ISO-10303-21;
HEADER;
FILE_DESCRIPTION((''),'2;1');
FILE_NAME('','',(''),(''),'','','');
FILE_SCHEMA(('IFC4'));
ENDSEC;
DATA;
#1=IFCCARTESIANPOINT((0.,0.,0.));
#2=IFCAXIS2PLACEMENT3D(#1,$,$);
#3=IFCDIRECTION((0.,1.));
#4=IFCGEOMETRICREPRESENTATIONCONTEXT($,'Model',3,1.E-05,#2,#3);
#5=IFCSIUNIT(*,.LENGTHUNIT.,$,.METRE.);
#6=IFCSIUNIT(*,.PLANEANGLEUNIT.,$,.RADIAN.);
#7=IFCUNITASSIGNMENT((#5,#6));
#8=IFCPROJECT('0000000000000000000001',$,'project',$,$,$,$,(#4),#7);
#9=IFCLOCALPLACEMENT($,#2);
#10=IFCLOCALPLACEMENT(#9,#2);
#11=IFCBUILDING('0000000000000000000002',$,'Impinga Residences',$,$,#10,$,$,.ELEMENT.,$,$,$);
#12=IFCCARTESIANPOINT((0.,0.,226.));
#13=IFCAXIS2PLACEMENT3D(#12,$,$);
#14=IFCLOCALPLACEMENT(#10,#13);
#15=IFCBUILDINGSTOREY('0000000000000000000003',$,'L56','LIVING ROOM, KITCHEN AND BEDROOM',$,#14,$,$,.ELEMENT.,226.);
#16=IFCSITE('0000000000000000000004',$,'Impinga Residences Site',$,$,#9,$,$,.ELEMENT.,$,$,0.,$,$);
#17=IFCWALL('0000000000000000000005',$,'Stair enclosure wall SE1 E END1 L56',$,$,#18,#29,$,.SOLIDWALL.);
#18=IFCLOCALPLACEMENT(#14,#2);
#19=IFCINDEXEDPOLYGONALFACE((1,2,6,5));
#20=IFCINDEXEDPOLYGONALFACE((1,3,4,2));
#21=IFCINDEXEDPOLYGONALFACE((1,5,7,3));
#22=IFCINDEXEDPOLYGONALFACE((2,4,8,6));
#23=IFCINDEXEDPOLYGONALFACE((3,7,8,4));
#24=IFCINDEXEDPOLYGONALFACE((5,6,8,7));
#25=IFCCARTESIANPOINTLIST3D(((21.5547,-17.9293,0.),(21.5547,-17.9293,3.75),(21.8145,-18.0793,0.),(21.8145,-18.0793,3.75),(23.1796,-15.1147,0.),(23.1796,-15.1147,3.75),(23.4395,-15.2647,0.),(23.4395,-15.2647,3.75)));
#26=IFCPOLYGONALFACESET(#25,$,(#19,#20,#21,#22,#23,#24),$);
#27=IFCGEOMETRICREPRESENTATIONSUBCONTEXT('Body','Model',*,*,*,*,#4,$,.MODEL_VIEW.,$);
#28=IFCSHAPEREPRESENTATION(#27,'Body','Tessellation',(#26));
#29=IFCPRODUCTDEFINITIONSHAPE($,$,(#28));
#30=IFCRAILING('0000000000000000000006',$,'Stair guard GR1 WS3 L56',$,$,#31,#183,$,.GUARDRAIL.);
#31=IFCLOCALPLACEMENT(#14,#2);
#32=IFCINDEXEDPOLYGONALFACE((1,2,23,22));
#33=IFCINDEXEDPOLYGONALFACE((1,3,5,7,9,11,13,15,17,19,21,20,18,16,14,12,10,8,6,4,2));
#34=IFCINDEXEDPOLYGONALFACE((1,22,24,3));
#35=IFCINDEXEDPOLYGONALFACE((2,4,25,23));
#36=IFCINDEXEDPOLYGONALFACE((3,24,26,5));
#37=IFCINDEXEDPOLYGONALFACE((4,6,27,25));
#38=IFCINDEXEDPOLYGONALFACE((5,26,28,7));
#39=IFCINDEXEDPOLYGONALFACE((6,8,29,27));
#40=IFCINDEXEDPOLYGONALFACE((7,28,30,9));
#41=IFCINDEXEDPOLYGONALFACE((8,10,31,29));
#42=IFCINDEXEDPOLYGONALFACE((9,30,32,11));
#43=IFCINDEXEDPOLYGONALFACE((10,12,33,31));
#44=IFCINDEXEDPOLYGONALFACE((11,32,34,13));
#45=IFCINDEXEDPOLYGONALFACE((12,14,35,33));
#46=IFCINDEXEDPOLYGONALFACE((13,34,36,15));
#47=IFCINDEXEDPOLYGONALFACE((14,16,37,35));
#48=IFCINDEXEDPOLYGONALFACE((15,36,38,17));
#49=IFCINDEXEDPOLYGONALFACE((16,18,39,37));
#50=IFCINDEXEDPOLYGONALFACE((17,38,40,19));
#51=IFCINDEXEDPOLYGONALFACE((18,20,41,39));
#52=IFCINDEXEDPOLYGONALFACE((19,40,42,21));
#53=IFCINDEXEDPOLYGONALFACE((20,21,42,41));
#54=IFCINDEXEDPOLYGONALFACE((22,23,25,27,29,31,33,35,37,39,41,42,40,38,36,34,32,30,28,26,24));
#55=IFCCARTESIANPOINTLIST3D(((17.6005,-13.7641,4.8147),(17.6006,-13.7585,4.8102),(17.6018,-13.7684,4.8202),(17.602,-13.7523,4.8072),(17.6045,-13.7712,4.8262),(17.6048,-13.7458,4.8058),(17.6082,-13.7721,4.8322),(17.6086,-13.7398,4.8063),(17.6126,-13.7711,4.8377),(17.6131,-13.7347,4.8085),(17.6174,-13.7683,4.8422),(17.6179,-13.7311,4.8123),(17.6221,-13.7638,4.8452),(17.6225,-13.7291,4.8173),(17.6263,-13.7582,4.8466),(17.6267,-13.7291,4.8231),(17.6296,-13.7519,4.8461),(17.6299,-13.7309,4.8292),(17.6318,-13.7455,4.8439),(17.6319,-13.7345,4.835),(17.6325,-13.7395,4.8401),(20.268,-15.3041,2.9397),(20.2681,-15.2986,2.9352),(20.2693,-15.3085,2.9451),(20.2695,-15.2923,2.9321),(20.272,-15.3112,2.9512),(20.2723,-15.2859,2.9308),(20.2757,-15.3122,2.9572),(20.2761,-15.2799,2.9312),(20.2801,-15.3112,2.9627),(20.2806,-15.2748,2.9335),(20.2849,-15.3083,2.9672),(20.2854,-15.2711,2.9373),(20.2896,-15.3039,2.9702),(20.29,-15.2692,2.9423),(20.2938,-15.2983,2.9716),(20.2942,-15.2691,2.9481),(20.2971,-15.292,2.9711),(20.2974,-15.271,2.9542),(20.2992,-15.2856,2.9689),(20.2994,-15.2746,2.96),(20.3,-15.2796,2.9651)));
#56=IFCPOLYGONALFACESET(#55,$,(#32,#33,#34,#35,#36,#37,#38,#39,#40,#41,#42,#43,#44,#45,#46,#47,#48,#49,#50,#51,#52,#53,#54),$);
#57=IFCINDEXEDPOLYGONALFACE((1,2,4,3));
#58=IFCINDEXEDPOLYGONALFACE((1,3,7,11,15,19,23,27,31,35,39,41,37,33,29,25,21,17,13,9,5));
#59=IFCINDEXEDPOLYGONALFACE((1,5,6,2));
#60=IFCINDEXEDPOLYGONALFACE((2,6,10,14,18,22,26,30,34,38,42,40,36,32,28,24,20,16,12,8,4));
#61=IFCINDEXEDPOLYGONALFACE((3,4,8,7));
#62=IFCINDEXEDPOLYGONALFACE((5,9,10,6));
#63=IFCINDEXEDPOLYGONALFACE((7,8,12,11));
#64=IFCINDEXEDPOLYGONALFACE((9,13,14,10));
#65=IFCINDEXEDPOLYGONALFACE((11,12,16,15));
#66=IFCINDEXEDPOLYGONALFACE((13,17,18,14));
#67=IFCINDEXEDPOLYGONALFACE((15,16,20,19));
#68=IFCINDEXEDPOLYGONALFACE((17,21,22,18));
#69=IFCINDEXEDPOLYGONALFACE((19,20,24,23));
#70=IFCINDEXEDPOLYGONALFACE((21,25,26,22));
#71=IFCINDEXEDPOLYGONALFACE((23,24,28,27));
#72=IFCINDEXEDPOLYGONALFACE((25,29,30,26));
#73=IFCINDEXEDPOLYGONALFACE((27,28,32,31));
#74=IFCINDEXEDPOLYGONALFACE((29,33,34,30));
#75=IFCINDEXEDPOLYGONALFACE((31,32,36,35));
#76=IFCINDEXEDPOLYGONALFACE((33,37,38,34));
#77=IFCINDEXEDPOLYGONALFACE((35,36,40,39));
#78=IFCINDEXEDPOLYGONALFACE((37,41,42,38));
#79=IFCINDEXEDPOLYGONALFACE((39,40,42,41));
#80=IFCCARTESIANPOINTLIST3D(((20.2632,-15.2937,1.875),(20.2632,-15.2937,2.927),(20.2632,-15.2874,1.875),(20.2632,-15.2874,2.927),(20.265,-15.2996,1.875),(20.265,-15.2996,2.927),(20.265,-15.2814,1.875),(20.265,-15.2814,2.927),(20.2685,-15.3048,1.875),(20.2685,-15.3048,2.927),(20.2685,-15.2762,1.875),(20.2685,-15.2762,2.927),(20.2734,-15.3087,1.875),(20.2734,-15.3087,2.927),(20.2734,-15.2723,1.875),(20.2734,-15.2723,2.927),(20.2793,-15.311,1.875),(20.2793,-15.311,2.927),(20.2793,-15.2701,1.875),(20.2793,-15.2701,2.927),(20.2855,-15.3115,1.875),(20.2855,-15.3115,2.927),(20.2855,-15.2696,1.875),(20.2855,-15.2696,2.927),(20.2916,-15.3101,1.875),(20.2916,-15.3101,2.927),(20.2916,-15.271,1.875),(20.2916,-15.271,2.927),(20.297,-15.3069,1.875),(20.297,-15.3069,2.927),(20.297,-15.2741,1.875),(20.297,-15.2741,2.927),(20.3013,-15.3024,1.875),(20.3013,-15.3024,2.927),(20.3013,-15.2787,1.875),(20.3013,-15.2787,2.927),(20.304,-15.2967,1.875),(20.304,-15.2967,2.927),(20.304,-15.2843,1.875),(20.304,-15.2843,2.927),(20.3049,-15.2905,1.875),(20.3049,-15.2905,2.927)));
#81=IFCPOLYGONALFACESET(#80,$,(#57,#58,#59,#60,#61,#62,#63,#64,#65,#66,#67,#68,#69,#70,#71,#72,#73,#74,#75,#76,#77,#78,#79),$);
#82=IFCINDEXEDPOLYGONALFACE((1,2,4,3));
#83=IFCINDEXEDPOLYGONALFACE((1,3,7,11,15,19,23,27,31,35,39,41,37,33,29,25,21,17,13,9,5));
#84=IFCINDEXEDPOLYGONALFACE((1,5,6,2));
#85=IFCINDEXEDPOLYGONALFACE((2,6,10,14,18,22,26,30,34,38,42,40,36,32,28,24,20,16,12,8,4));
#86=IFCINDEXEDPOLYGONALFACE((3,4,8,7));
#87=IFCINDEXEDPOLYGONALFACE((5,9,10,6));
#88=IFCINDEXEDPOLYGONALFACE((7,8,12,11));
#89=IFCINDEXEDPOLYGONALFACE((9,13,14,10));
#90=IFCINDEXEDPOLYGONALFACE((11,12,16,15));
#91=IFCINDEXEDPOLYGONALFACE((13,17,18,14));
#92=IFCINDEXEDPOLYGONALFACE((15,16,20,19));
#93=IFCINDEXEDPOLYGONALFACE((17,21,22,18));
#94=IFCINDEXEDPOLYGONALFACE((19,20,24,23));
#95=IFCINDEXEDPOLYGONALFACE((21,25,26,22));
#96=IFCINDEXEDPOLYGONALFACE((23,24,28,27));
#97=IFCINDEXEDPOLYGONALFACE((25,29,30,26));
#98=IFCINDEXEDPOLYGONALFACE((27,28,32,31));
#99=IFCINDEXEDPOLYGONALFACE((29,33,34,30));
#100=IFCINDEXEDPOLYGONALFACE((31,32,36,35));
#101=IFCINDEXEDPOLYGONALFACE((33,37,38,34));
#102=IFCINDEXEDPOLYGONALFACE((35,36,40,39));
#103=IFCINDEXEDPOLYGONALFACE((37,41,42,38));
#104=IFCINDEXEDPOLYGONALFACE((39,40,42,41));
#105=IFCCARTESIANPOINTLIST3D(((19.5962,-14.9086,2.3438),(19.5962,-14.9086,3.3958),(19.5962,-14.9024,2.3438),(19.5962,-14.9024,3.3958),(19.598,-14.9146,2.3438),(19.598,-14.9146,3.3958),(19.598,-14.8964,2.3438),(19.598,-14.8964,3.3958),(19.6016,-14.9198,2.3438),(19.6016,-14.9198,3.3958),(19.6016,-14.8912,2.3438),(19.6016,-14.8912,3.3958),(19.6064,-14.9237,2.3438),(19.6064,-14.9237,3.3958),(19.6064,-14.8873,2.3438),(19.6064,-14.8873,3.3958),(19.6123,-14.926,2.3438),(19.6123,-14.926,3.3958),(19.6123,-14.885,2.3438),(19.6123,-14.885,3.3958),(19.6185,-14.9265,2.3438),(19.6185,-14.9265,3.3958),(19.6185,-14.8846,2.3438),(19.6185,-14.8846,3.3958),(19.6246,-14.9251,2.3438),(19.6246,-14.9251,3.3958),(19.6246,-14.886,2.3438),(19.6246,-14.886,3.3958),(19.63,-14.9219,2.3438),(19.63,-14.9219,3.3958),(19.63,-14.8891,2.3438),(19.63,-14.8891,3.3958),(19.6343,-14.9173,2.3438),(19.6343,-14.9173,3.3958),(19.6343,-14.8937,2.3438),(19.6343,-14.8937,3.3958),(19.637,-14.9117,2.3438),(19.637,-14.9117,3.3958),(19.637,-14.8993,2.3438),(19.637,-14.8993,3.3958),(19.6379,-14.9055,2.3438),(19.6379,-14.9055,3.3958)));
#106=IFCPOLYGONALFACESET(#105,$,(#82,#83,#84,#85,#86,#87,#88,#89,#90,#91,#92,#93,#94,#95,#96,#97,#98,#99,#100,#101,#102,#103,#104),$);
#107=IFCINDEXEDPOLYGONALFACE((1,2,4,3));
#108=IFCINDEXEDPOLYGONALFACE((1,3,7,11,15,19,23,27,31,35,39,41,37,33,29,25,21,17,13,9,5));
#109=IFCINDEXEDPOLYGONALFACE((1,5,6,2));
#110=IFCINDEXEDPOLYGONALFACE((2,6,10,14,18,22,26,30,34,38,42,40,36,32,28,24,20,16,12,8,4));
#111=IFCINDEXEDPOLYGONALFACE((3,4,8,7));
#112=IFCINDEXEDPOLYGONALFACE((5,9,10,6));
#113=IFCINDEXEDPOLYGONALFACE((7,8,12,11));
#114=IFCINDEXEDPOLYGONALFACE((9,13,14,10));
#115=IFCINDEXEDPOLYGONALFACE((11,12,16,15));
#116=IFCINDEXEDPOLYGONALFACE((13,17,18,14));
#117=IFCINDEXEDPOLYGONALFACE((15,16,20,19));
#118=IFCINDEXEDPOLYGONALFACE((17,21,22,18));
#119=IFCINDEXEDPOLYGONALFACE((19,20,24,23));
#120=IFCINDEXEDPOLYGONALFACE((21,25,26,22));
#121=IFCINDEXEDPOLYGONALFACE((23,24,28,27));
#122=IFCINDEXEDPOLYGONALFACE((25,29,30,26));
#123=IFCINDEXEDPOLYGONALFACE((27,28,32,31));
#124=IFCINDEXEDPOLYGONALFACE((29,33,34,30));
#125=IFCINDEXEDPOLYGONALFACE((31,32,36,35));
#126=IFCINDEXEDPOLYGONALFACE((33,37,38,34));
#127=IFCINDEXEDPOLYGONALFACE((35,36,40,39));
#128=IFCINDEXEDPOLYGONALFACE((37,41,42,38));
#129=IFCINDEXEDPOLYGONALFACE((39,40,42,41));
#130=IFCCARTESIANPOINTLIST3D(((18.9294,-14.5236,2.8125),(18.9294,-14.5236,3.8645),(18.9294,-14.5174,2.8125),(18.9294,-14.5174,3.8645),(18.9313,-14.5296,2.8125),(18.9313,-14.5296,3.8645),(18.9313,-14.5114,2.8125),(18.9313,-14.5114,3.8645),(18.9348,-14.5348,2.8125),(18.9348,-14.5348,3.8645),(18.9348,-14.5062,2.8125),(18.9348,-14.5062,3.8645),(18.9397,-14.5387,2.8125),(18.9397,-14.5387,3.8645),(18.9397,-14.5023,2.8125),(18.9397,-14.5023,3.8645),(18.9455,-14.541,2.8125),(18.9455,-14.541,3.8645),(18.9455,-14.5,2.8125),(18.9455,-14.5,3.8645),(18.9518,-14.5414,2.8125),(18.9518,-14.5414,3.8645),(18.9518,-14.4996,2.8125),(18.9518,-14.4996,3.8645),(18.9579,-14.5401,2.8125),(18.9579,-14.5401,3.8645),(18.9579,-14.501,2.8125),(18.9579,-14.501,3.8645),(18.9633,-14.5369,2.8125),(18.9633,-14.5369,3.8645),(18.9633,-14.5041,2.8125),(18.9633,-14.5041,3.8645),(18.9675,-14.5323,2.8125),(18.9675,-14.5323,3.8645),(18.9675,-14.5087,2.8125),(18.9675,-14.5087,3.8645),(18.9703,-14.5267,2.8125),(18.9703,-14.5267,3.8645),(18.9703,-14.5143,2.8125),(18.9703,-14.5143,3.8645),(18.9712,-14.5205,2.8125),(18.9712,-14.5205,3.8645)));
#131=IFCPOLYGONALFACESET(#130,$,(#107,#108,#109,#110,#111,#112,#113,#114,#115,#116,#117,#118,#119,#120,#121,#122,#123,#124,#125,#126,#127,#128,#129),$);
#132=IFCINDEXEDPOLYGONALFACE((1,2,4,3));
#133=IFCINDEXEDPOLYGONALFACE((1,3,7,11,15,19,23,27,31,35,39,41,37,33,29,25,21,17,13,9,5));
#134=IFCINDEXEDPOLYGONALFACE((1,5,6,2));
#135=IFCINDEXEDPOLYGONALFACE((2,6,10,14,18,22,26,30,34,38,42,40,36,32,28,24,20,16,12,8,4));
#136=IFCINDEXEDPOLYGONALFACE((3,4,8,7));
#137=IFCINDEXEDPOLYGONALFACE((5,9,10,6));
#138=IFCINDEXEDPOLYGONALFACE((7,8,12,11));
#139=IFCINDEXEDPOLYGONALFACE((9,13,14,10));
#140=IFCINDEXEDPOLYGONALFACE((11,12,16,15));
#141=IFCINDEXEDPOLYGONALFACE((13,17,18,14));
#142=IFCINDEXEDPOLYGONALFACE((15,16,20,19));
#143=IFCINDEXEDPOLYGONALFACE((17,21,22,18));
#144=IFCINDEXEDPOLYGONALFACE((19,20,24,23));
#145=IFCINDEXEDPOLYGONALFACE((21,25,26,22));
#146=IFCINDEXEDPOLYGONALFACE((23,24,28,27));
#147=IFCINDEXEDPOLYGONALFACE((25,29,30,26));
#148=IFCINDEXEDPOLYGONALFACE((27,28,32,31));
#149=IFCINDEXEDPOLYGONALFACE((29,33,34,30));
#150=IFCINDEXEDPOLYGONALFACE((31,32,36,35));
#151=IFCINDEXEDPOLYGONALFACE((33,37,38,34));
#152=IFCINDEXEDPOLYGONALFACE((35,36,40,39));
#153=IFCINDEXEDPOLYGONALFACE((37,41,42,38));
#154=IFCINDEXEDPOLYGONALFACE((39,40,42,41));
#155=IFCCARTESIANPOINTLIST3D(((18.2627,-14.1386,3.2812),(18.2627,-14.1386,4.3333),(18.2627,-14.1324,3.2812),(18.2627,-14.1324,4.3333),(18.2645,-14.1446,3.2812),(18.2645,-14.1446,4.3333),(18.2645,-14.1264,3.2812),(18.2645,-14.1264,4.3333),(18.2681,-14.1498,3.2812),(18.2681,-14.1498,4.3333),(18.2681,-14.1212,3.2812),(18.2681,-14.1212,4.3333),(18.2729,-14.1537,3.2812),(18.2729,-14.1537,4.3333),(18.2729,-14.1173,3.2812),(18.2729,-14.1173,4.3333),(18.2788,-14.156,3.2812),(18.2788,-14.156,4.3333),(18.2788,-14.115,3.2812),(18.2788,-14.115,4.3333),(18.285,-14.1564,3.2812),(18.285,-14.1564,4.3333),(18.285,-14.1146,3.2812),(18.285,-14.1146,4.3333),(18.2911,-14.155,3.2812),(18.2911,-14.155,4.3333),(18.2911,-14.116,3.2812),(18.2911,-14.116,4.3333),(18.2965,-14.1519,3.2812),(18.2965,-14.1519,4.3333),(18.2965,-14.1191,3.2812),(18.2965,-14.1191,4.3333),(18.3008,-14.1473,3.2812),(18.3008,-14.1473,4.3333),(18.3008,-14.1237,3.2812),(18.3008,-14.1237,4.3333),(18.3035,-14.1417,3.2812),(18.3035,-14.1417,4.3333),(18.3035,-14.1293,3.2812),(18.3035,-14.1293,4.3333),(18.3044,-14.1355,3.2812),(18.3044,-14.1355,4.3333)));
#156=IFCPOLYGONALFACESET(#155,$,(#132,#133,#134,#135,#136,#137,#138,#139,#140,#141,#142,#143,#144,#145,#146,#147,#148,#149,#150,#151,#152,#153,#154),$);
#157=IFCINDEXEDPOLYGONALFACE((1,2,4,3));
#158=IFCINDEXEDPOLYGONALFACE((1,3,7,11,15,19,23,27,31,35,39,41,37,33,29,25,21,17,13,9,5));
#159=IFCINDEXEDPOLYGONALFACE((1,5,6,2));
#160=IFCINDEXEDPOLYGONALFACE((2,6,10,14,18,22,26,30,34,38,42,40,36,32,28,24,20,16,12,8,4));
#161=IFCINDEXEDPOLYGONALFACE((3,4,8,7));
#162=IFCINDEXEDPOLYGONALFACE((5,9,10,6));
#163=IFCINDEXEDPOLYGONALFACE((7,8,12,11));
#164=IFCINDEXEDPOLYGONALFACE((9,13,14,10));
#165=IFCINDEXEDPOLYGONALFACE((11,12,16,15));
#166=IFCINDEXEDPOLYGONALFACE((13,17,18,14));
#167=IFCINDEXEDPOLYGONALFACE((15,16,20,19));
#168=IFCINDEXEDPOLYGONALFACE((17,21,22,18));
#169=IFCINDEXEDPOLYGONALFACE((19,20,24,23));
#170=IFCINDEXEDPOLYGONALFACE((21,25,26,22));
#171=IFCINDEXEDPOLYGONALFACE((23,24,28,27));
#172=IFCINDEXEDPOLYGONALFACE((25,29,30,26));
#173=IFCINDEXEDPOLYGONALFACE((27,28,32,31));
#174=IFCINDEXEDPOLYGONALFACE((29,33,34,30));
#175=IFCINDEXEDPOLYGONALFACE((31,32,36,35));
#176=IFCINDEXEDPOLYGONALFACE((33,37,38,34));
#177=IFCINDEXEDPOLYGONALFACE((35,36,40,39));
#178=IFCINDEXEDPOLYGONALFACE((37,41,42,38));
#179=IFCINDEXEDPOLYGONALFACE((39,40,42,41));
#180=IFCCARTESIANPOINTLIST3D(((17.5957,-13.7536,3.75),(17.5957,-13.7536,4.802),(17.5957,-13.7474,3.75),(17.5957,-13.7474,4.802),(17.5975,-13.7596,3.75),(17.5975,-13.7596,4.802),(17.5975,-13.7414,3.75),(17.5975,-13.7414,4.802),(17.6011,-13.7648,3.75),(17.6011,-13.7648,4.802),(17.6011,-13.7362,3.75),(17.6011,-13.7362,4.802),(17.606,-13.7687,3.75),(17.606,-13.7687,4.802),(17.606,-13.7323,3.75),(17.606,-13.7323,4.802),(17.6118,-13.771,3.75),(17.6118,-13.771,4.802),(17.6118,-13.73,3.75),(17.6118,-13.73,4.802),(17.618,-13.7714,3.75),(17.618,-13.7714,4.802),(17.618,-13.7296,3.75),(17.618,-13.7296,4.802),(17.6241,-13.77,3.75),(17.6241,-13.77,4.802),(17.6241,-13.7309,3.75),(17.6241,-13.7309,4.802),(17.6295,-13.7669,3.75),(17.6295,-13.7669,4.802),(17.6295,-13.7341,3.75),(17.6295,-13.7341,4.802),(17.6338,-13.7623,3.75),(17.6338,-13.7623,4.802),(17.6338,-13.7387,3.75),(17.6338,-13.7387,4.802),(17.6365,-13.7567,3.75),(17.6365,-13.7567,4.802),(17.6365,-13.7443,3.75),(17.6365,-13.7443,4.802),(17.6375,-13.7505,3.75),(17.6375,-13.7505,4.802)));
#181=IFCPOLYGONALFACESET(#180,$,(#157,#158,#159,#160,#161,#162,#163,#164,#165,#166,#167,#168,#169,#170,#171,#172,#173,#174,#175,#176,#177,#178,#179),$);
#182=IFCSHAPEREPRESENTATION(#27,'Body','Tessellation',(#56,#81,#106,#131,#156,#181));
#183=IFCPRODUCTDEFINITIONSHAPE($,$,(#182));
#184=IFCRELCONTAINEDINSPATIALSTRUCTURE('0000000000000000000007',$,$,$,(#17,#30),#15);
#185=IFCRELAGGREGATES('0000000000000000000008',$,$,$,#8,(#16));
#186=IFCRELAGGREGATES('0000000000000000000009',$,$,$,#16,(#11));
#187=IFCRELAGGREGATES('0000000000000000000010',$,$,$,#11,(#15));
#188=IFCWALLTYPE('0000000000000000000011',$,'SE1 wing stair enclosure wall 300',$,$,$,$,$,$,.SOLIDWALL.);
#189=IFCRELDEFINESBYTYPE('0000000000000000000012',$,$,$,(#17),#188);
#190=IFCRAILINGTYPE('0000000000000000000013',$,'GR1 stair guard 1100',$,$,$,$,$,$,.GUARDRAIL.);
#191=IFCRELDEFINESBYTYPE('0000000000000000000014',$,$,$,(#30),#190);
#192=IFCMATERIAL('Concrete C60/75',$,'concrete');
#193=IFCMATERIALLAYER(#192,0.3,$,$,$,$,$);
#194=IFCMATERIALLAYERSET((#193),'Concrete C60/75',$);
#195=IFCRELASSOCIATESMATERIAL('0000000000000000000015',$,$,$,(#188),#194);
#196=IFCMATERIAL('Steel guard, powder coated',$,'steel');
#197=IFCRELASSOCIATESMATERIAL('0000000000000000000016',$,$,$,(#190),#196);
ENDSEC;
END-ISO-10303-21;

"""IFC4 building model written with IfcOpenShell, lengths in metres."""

from ifc_helpers import new_model, si_unit, direction, frame, frame_2d, origin, origin_2d, place, context, subcontext, project, spatial, rectangle, circle, extrude, material, layer, layer_set, type_object, element, save


model = new_model("IFC4")

# Units and contexts
model_context = context("Model", 3, precision=1e-05, world=origin(), true_north=direction((0.0, 1.0)))
body_context = subcontext(model_context, "Body", "Model", "MODEL_VIEW")
ifc_project = project(units=[si_unit("LENGTHUNIT", "METRE"), si_unit("PLANEANGLEUNIT", "RADIAN")], contexts=[model_context])

# Site, building, storey
site_placement = place(None, origin())
site = spatial("IfcSite", under=ifc_project, at=site_placement, Name="Impinga Residences Site", CompositionType="ELEMENT", RefElevation=0.0)
building_placement = place(site_placement, origin())
building = spatial("IfcBuilding", under=site, at=building_placement, Name="Impinga Residences", CompositionType="ELEMENT")
storey_placement = place(building_placement, frame((0.0, 0.0, 226.0)))
storey = spatial("IfcBuildingStorey", under=building, at=storey_placement, Name="L56", Description="LIVING ROOM, KITCHEN AND BEDROOM", CompositionType="ELEMENT", Elevation=226.0)

# Shared definitions
ifc_material_1 = material(Name="Concrete C60/75", Category="concrete")

# Wall
ifc_layer_1 = layer(ifc_material_1, 0.3)
ifc_layer_set_1 = layer_set([ifc_layer_1], Name="Concrete C60/75")
wall_type_1 = type_object("IfcWallType", Name="SE1 wing stair enclosure wall 300", PredefinedType="SOLIDWALL", material=ifc_layer_set_1)
wall_1_placement = place(storey_placement, frame((23.3096, -15.1897, 0.0), z_axis=(0.0, 0.0, 1.0), x_axis=(-0.499985, -0.866034, 0.0)))
element("IfcWall", 1, at=wall_1_placement, inside=storey, type_object=wall_type_1, Name="Stair enclosure wall SE1 E END1 L56", PredefinedType="SOLIDWALL", context=body_context, shape_type="SweptSolid", body=[
    extrude(rectangle(XDim=3.25, YDim=0.3, at=frame_2d((1.625, 0.0))), origin(), (0.0, 0.0, 1.0), 3.75),
])

# Railing
ifc_material_2 = material(Name="Steel guard, powder coated", Category="steel")
railing_type = type_object("IfcRailingType", Name="GR1 stair guard 1100", PredefinedType="GUARDRAIL", material=ifc_material_2)
railing_placement = place(storey_placement, frame((20.2839, -15.2905, 1.875)))
element("IfcRailing", 2, at=railing_placement, inside=storey, type_object=railing_type, Name="Stair guard GR1 WS3 L56", PredefinedType="GUARDRAIL", context=body_context, shape_type="SweptSolid", body=[
    extrude(circle(Radius=0.0239, at=origin_2d()), frame((0.0, 0.0, 1.0762), z_axis=(-0.739746, 0.427084, 0.519975), x_axis=(-0.499992, -0.86603, 0.0)), (0.0, 0.0, 1.0), 3.606),
    extrude(circle(Radius=0.021, at=origin_2d()), origin(), (0.0, 0.0, 1.0), 1.052),
    extrude(circle(Radius=0.021, at=origin_2d()), frame((-0.667, 0.385, 0.4688)), (0.0, 0.0, 1.0), 1.052),
    extrude(circle(Radius=0.021, at=origin_2d()), frame((-1.3337, 0.77, 0.9375)), (0.0, 0.0, 1.0), 1.052),
    extrude(circle(Radius=0.021, at=origin_2d()), frame((-2.0005, 1.155, 1.4062)), (0.0, 0.0, 1.0), 1.052),
    extrude(circle(Radius=0.021, at=origin_2d()), frame((-2.6675, 1.54, 1.875)), (0.0, 0.0, 1.0), 1.052),
])

save(model, "model.ifc")
